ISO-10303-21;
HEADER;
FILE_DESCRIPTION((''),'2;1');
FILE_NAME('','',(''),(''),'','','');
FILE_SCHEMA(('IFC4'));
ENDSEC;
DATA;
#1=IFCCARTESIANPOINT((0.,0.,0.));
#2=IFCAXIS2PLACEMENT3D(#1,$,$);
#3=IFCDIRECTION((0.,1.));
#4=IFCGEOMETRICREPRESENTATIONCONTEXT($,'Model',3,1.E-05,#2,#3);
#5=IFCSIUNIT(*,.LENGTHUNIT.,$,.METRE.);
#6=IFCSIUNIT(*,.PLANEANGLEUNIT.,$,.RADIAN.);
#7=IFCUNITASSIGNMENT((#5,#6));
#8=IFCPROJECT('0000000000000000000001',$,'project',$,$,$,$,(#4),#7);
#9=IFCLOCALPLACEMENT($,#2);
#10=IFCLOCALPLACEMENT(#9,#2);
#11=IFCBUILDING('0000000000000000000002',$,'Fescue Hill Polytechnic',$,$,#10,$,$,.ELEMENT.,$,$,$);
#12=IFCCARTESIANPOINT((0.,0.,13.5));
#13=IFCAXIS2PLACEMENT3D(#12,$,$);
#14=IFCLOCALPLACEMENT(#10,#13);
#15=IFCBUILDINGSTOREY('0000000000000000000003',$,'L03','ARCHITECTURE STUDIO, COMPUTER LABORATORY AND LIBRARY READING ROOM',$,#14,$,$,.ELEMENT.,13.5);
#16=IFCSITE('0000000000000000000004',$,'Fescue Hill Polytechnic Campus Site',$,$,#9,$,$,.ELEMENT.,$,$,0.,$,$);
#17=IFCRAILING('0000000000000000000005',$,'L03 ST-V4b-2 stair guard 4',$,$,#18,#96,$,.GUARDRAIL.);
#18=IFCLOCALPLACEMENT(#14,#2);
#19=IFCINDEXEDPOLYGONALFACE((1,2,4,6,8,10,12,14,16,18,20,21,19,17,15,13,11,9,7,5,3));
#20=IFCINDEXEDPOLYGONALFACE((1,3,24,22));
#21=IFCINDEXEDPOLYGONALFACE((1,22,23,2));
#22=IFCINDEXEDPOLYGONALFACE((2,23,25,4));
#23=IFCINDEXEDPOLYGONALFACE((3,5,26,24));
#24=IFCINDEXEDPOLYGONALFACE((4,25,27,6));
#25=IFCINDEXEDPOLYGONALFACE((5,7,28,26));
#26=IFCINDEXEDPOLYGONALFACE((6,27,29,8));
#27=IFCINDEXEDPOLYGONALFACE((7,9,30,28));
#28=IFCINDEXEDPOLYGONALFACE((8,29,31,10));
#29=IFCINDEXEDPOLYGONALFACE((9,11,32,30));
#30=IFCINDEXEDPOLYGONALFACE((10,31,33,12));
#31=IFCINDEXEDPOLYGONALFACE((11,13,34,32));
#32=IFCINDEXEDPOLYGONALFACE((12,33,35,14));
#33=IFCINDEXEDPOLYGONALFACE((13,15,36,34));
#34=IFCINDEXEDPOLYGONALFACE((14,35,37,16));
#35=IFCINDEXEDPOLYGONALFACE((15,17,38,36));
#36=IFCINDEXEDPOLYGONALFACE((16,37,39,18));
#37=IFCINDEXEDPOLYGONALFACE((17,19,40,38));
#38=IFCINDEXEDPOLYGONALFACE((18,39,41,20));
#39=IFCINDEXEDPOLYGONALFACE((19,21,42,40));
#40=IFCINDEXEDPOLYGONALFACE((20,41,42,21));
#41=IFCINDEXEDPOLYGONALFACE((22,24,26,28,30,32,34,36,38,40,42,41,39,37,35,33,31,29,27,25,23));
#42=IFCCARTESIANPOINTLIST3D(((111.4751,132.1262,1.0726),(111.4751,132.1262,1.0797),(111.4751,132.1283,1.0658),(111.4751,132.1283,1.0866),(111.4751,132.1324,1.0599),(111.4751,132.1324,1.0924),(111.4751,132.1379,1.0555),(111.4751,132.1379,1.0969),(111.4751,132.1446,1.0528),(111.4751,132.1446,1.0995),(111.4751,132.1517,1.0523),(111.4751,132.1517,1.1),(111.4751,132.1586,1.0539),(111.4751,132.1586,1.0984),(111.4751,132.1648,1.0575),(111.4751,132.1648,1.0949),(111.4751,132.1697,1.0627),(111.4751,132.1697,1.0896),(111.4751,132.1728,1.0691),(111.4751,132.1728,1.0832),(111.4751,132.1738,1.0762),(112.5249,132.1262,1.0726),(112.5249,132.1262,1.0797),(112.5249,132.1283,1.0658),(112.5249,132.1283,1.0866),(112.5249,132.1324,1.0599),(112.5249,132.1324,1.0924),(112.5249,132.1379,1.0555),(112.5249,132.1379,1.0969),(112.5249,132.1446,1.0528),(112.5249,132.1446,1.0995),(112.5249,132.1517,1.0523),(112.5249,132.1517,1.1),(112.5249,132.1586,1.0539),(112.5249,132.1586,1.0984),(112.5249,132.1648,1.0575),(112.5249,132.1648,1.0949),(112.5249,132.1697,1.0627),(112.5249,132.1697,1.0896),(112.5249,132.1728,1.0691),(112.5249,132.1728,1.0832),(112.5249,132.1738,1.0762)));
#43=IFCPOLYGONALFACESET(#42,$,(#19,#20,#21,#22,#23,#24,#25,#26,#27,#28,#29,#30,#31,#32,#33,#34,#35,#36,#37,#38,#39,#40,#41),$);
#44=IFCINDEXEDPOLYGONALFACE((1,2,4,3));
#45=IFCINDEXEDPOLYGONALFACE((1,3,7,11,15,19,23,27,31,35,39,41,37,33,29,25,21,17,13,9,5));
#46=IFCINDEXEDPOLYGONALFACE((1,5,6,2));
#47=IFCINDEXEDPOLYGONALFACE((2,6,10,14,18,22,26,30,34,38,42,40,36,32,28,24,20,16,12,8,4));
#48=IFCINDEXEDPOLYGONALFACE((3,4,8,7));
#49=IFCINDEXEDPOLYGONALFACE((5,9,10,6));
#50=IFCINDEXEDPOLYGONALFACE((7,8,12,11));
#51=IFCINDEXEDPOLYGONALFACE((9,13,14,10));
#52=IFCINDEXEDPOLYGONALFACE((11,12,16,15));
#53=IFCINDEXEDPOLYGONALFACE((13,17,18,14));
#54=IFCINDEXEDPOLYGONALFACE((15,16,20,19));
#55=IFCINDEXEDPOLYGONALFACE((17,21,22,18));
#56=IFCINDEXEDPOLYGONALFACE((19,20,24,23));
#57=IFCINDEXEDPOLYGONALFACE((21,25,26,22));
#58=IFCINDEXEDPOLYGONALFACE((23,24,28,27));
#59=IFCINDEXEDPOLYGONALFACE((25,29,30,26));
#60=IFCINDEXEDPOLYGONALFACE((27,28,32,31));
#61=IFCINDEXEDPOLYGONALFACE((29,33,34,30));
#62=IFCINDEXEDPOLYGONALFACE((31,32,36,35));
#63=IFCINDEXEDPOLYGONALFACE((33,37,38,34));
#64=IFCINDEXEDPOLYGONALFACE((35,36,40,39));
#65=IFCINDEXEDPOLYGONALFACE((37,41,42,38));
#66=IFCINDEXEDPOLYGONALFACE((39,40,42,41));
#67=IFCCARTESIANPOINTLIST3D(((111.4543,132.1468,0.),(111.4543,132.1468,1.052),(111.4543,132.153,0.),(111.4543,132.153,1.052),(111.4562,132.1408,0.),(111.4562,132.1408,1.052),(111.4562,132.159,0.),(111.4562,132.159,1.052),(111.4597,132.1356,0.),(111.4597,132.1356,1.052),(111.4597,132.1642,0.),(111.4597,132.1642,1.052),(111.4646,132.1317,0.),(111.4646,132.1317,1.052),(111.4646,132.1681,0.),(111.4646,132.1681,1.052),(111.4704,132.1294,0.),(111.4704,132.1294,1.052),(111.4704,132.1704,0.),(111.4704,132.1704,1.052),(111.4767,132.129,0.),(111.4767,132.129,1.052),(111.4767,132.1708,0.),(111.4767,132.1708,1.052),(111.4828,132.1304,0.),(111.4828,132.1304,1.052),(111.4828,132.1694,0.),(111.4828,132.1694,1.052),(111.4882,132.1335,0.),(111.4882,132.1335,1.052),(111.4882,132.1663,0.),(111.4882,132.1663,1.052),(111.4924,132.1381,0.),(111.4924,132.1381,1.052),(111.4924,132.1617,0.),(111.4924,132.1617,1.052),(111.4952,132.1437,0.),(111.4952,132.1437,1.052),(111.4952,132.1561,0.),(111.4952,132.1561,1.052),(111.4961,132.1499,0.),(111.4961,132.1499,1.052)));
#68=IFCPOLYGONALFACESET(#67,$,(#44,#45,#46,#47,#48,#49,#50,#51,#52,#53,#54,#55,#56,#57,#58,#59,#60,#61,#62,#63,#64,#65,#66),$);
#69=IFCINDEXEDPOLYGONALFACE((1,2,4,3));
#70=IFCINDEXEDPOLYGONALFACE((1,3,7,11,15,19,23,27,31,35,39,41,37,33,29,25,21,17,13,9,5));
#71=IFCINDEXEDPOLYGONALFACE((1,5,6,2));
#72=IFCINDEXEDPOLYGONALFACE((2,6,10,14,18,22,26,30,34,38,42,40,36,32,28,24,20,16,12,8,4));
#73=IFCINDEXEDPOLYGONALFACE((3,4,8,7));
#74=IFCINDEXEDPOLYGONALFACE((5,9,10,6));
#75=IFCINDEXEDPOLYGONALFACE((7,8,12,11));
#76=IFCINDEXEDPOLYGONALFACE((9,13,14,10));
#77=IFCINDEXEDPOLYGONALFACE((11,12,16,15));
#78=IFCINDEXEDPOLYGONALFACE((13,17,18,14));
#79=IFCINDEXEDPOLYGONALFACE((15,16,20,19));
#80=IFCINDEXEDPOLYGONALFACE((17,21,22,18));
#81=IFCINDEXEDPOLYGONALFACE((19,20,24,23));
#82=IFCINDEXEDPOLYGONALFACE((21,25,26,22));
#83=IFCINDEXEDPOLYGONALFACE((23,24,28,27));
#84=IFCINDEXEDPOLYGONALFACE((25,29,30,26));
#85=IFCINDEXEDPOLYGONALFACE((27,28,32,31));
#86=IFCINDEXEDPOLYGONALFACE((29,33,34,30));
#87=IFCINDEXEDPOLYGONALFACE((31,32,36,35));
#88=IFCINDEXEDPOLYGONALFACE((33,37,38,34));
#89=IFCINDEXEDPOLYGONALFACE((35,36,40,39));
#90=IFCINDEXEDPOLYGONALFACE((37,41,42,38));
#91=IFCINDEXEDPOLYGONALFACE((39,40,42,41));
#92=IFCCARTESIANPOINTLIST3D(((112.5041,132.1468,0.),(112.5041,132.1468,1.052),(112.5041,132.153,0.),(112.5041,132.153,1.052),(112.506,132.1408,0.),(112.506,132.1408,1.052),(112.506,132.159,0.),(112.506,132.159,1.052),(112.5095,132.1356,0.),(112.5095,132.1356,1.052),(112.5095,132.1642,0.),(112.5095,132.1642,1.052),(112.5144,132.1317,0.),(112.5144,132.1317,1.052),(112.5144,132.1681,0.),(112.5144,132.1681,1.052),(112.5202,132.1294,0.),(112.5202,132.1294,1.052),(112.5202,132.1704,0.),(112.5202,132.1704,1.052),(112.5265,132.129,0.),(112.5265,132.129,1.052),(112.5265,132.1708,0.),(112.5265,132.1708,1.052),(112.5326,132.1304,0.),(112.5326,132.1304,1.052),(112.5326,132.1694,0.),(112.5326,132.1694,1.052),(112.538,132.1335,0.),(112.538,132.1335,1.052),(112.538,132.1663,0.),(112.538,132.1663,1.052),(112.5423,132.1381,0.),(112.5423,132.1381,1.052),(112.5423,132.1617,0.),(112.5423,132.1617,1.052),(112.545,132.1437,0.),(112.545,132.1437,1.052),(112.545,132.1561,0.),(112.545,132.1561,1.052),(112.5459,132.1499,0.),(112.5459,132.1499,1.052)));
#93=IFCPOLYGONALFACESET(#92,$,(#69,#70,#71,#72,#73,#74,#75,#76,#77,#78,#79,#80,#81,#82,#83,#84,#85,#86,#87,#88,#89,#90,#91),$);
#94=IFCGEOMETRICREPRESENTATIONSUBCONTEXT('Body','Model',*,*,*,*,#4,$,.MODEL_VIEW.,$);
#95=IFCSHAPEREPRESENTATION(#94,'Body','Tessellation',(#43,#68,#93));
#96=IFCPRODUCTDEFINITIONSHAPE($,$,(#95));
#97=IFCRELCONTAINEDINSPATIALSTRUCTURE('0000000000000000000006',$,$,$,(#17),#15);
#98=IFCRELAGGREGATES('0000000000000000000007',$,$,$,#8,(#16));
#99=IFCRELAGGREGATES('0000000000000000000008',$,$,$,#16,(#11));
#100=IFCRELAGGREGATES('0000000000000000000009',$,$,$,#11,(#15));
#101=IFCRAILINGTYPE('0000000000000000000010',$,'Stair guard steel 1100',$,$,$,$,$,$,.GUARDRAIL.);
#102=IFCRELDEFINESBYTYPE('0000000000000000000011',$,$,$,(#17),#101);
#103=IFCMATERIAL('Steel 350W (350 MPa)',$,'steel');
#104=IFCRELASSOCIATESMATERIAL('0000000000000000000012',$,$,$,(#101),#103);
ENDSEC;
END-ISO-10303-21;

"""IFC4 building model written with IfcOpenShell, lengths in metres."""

from ifc_helpers import new_model, si_unit, direction, frame, origin, origin_2d, place, context, subcontext, project, spatial, circle, extrude, material, type_object, element, save


model = new_model("IFC4")

# Units and contexts
model_context = context("Model", 3, precision=1e-05, world=origin(), true_north=direction((0.0, 1.0)))
body_context = subcontext(model_context, "Body", "Model", "MODEL_VIEW")
ifc_project = project(units=[si_unit("LENGTHUNIT", "METRE"), si_unit("PLANEANGLEUNIT", "RADIAN")], contexts=[model_context])

# Site, building, storey
site_placement = place(None, origin())
site = spatial("IfcSite", under=ifc_project, at=site_placement, Name="Fescue Hill Polytechnic Campus Site", CompositionType="ELEMENT", RefElevation=0.0)
building_placement = place(site_placement, origin())
building = spatial("IfcBuilding", under=site, at=building_placement, Name="Fescue Hill Polytechnic", CompositionType="ELEMENT")
storey_placement = place(building_placement, frame((0.0, 0.0, 13.5)))
storey = spatial("IfcBuildingStorey", under=building, at=storey_placement, Name="L03", Description="ARCHITECTURE STUDIO, COMPUTER LABORATORY AND LIBRARY READING ROOM", CompositionType="ELEMENT", Elevation=13.5)

# Railing
ifc_material_1 = material(Name="Steel 350W (350 MPa)", Category="steel")
railing_type_1 = type_object("IfcRailingType", Name="Stair guard steel 1100", PredefinedType="GUARDRAIL", material=ifc_material_1)
railing_1_placement = place(storey_placement, frame((111.4751, 132.1499, 0.0)))
element("IfcRailing", 1, at=railing_1_placement, inside=storey, type_object=railing_type_1, Name="L03 ST-V4b-2 stair guard 4", PredefinedType="GUARDRAIL", context=body_context, shape_type="SweptSolid", body=[
    extrude(circle(Radius=0.0239, at=origin_2d()), frame((0.0, 0.0, 1.0762), z_axis=(1.0, 0.0, 0.0), x_axis=(0.0, 1.0, 0.0)), (0.0, 0.0, 1.0), 1.0498),
    extrude(circle(Radius=0.021, at=origin_2d()), origin(), (0.0, 0.0, 1.0), 1.052),
    extrude(circle(Radius=0.021, at=origin_2d()), frame((1.0498, 0.0, 0.0)), (0.0, 0.0, 1.0), 1.052),
])

save(model, "model.ifc")
